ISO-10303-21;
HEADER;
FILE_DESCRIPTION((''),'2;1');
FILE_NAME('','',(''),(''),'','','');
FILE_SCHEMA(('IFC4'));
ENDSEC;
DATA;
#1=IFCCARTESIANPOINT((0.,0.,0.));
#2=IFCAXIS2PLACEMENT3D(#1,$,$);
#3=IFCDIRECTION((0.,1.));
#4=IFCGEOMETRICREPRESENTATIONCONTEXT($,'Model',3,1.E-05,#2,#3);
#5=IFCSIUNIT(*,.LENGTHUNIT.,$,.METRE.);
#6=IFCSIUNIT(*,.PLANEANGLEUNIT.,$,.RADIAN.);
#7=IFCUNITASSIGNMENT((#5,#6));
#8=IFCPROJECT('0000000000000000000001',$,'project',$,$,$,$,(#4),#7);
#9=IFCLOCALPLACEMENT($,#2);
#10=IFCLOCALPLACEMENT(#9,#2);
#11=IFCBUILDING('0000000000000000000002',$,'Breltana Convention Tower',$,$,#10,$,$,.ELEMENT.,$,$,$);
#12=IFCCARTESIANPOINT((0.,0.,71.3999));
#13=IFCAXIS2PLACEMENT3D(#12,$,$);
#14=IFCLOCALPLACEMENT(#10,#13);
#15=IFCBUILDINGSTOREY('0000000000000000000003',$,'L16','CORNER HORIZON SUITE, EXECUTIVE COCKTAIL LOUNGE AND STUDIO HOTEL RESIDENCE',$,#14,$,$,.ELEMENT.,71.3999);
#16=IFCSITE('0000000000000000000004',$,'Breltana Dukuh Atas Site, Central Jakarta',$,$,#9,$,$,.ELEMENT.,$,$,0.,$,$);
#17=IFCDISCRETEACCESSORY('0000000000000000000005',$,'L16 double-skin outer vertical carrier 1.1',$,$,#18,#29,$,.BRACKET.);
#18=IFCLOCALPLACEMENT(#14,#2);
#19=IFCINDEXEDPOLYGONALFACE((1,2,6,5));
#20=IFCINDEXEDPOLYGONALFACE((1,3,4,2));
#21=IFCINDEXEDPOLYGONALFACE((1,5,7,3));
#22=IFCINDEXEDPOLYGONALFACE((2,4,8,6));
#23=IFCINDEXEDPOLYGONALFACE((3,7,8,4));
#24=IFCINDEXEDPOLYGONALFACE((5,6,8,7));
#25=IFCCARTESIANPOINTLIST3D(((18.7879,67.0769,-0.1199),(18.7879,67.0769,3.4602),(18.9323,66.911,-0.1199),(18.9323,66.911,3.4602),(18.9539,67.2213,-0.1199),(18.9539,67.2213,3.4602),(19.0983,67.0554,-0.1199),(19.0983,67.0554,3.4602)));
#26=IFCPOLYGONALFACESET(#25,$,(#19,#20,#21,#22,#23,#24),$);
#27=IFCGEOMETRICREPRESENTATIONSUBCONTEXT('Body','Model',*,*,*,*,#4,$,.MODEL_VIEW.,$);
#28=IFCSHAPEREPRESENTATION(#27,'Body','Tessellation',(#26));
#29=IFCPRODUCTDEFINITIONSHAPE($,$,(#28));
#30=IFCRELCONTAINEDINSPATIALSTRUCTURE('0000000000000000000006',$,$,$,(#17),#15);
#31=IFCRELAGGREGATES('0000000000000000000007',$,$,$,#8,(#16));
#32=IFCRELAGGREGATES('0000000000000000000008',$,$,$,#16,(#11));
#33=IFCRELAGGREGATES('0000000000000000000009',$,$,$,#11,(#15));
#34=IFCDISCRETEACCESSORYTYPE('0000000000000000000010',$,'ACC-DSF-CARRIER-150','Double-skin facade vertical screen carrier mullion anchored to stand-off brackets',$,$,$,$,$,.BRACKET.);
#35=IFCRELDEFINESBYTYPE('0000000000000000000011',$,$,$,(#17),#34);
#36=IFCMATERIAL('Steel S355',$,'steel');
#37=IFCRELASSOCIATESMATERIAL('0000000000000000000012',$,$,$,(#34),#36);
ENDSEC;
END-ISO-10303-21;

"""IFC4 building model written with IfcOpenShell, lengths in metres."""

from ifc_helpers import new_model, si_unit, direction, frame, origin, origin_2d, place, context, subcontext, project, spatial, rectangle, extrude, source, transform, mapped, material, type_object, element, save


model = new_model("IFC4")

# Units and contexts
model_context = context("Model", 3, precision=1e-05, world=origin(), true_north=direction((0.0, 1.0)))
body_context = subcontext(model_context, "Body", "Model", "MODEL_VIEW")
ifc_project = project(units=[si_unit("LENGTHUNIT", "METRE"), si_unit("PLANEANGLEUNIT", "RADIAN")], contexts=[model_context])

# Site, building, storey
site_placement = place(None, origin())
site = spatial("IfcSite", under=ifc_project, at=site_placement, Name="Breltana Dukuh Atas Site, Central Jakarta", CompositionType="ELEMENT", RefElevation=0.0)
building_placement = place(site_placement, origin())
building = spatial("IfcBuilding", under=site, at=building_placement, Name="Breltana Convention Tower", CompositionType="ELEMENT")
storey_placement = place(building_placement, frame((0.0, 0.0, 71.3999)))
storey = spatial("IfcBuildingStorey", under=building, at=storey_placement, Name="L16", Description="CORNER HORIZON SUITE, EXECUTIVE COCKTAIL LOUNGE AND STUDIO HOTEL RESIDENCE", CompositionType="ELEMENT", Elevation=71.3999)

# Discrete accessory
ifc_material_1 = material(Name="Steel S355", Category="steel")
discrete_accessory_type_1 = type_object("IfcDiscreteAccessoryType", Name="ACC-DSF-CARRIER-150", Description="Double-skin facade vertical screen carrier mullion anchored to stand-off brackets", PredefinedType="BRACKET", material=ifc_material_1)
shared_shape_1 = source(origin(), body_context, "Body", "SweptSolid", [
    extrude(rectangle(XDim=0.22, YDim=0.22, at=origin_2d()), origin(), (0.0, 0.0, 1.0), 3.5801),
])
discrete_accessory_placement = place(storey_placement, frame((18.9431, 67.0662, -0.1199), z_axis=(0.0, 0.0, 1.0), x_axis=(-0.656457, 0.754364, 0.0)))
element("IfcDiscreteAccessory", 1, at=discrete_accessory_placement, inside=storey, type_object=discrete_accessory_type_1, Name="L16 double-skin outer vertical carrier 1.1", PredefinedType="BRACKET", context=body_context, shape_type="MappedRepresentation", body=[
    mapped(shared_shape_1, transform((0.0, 0.0, 0.0), scale=1.0)),
])

save(model, "model.ifc")
